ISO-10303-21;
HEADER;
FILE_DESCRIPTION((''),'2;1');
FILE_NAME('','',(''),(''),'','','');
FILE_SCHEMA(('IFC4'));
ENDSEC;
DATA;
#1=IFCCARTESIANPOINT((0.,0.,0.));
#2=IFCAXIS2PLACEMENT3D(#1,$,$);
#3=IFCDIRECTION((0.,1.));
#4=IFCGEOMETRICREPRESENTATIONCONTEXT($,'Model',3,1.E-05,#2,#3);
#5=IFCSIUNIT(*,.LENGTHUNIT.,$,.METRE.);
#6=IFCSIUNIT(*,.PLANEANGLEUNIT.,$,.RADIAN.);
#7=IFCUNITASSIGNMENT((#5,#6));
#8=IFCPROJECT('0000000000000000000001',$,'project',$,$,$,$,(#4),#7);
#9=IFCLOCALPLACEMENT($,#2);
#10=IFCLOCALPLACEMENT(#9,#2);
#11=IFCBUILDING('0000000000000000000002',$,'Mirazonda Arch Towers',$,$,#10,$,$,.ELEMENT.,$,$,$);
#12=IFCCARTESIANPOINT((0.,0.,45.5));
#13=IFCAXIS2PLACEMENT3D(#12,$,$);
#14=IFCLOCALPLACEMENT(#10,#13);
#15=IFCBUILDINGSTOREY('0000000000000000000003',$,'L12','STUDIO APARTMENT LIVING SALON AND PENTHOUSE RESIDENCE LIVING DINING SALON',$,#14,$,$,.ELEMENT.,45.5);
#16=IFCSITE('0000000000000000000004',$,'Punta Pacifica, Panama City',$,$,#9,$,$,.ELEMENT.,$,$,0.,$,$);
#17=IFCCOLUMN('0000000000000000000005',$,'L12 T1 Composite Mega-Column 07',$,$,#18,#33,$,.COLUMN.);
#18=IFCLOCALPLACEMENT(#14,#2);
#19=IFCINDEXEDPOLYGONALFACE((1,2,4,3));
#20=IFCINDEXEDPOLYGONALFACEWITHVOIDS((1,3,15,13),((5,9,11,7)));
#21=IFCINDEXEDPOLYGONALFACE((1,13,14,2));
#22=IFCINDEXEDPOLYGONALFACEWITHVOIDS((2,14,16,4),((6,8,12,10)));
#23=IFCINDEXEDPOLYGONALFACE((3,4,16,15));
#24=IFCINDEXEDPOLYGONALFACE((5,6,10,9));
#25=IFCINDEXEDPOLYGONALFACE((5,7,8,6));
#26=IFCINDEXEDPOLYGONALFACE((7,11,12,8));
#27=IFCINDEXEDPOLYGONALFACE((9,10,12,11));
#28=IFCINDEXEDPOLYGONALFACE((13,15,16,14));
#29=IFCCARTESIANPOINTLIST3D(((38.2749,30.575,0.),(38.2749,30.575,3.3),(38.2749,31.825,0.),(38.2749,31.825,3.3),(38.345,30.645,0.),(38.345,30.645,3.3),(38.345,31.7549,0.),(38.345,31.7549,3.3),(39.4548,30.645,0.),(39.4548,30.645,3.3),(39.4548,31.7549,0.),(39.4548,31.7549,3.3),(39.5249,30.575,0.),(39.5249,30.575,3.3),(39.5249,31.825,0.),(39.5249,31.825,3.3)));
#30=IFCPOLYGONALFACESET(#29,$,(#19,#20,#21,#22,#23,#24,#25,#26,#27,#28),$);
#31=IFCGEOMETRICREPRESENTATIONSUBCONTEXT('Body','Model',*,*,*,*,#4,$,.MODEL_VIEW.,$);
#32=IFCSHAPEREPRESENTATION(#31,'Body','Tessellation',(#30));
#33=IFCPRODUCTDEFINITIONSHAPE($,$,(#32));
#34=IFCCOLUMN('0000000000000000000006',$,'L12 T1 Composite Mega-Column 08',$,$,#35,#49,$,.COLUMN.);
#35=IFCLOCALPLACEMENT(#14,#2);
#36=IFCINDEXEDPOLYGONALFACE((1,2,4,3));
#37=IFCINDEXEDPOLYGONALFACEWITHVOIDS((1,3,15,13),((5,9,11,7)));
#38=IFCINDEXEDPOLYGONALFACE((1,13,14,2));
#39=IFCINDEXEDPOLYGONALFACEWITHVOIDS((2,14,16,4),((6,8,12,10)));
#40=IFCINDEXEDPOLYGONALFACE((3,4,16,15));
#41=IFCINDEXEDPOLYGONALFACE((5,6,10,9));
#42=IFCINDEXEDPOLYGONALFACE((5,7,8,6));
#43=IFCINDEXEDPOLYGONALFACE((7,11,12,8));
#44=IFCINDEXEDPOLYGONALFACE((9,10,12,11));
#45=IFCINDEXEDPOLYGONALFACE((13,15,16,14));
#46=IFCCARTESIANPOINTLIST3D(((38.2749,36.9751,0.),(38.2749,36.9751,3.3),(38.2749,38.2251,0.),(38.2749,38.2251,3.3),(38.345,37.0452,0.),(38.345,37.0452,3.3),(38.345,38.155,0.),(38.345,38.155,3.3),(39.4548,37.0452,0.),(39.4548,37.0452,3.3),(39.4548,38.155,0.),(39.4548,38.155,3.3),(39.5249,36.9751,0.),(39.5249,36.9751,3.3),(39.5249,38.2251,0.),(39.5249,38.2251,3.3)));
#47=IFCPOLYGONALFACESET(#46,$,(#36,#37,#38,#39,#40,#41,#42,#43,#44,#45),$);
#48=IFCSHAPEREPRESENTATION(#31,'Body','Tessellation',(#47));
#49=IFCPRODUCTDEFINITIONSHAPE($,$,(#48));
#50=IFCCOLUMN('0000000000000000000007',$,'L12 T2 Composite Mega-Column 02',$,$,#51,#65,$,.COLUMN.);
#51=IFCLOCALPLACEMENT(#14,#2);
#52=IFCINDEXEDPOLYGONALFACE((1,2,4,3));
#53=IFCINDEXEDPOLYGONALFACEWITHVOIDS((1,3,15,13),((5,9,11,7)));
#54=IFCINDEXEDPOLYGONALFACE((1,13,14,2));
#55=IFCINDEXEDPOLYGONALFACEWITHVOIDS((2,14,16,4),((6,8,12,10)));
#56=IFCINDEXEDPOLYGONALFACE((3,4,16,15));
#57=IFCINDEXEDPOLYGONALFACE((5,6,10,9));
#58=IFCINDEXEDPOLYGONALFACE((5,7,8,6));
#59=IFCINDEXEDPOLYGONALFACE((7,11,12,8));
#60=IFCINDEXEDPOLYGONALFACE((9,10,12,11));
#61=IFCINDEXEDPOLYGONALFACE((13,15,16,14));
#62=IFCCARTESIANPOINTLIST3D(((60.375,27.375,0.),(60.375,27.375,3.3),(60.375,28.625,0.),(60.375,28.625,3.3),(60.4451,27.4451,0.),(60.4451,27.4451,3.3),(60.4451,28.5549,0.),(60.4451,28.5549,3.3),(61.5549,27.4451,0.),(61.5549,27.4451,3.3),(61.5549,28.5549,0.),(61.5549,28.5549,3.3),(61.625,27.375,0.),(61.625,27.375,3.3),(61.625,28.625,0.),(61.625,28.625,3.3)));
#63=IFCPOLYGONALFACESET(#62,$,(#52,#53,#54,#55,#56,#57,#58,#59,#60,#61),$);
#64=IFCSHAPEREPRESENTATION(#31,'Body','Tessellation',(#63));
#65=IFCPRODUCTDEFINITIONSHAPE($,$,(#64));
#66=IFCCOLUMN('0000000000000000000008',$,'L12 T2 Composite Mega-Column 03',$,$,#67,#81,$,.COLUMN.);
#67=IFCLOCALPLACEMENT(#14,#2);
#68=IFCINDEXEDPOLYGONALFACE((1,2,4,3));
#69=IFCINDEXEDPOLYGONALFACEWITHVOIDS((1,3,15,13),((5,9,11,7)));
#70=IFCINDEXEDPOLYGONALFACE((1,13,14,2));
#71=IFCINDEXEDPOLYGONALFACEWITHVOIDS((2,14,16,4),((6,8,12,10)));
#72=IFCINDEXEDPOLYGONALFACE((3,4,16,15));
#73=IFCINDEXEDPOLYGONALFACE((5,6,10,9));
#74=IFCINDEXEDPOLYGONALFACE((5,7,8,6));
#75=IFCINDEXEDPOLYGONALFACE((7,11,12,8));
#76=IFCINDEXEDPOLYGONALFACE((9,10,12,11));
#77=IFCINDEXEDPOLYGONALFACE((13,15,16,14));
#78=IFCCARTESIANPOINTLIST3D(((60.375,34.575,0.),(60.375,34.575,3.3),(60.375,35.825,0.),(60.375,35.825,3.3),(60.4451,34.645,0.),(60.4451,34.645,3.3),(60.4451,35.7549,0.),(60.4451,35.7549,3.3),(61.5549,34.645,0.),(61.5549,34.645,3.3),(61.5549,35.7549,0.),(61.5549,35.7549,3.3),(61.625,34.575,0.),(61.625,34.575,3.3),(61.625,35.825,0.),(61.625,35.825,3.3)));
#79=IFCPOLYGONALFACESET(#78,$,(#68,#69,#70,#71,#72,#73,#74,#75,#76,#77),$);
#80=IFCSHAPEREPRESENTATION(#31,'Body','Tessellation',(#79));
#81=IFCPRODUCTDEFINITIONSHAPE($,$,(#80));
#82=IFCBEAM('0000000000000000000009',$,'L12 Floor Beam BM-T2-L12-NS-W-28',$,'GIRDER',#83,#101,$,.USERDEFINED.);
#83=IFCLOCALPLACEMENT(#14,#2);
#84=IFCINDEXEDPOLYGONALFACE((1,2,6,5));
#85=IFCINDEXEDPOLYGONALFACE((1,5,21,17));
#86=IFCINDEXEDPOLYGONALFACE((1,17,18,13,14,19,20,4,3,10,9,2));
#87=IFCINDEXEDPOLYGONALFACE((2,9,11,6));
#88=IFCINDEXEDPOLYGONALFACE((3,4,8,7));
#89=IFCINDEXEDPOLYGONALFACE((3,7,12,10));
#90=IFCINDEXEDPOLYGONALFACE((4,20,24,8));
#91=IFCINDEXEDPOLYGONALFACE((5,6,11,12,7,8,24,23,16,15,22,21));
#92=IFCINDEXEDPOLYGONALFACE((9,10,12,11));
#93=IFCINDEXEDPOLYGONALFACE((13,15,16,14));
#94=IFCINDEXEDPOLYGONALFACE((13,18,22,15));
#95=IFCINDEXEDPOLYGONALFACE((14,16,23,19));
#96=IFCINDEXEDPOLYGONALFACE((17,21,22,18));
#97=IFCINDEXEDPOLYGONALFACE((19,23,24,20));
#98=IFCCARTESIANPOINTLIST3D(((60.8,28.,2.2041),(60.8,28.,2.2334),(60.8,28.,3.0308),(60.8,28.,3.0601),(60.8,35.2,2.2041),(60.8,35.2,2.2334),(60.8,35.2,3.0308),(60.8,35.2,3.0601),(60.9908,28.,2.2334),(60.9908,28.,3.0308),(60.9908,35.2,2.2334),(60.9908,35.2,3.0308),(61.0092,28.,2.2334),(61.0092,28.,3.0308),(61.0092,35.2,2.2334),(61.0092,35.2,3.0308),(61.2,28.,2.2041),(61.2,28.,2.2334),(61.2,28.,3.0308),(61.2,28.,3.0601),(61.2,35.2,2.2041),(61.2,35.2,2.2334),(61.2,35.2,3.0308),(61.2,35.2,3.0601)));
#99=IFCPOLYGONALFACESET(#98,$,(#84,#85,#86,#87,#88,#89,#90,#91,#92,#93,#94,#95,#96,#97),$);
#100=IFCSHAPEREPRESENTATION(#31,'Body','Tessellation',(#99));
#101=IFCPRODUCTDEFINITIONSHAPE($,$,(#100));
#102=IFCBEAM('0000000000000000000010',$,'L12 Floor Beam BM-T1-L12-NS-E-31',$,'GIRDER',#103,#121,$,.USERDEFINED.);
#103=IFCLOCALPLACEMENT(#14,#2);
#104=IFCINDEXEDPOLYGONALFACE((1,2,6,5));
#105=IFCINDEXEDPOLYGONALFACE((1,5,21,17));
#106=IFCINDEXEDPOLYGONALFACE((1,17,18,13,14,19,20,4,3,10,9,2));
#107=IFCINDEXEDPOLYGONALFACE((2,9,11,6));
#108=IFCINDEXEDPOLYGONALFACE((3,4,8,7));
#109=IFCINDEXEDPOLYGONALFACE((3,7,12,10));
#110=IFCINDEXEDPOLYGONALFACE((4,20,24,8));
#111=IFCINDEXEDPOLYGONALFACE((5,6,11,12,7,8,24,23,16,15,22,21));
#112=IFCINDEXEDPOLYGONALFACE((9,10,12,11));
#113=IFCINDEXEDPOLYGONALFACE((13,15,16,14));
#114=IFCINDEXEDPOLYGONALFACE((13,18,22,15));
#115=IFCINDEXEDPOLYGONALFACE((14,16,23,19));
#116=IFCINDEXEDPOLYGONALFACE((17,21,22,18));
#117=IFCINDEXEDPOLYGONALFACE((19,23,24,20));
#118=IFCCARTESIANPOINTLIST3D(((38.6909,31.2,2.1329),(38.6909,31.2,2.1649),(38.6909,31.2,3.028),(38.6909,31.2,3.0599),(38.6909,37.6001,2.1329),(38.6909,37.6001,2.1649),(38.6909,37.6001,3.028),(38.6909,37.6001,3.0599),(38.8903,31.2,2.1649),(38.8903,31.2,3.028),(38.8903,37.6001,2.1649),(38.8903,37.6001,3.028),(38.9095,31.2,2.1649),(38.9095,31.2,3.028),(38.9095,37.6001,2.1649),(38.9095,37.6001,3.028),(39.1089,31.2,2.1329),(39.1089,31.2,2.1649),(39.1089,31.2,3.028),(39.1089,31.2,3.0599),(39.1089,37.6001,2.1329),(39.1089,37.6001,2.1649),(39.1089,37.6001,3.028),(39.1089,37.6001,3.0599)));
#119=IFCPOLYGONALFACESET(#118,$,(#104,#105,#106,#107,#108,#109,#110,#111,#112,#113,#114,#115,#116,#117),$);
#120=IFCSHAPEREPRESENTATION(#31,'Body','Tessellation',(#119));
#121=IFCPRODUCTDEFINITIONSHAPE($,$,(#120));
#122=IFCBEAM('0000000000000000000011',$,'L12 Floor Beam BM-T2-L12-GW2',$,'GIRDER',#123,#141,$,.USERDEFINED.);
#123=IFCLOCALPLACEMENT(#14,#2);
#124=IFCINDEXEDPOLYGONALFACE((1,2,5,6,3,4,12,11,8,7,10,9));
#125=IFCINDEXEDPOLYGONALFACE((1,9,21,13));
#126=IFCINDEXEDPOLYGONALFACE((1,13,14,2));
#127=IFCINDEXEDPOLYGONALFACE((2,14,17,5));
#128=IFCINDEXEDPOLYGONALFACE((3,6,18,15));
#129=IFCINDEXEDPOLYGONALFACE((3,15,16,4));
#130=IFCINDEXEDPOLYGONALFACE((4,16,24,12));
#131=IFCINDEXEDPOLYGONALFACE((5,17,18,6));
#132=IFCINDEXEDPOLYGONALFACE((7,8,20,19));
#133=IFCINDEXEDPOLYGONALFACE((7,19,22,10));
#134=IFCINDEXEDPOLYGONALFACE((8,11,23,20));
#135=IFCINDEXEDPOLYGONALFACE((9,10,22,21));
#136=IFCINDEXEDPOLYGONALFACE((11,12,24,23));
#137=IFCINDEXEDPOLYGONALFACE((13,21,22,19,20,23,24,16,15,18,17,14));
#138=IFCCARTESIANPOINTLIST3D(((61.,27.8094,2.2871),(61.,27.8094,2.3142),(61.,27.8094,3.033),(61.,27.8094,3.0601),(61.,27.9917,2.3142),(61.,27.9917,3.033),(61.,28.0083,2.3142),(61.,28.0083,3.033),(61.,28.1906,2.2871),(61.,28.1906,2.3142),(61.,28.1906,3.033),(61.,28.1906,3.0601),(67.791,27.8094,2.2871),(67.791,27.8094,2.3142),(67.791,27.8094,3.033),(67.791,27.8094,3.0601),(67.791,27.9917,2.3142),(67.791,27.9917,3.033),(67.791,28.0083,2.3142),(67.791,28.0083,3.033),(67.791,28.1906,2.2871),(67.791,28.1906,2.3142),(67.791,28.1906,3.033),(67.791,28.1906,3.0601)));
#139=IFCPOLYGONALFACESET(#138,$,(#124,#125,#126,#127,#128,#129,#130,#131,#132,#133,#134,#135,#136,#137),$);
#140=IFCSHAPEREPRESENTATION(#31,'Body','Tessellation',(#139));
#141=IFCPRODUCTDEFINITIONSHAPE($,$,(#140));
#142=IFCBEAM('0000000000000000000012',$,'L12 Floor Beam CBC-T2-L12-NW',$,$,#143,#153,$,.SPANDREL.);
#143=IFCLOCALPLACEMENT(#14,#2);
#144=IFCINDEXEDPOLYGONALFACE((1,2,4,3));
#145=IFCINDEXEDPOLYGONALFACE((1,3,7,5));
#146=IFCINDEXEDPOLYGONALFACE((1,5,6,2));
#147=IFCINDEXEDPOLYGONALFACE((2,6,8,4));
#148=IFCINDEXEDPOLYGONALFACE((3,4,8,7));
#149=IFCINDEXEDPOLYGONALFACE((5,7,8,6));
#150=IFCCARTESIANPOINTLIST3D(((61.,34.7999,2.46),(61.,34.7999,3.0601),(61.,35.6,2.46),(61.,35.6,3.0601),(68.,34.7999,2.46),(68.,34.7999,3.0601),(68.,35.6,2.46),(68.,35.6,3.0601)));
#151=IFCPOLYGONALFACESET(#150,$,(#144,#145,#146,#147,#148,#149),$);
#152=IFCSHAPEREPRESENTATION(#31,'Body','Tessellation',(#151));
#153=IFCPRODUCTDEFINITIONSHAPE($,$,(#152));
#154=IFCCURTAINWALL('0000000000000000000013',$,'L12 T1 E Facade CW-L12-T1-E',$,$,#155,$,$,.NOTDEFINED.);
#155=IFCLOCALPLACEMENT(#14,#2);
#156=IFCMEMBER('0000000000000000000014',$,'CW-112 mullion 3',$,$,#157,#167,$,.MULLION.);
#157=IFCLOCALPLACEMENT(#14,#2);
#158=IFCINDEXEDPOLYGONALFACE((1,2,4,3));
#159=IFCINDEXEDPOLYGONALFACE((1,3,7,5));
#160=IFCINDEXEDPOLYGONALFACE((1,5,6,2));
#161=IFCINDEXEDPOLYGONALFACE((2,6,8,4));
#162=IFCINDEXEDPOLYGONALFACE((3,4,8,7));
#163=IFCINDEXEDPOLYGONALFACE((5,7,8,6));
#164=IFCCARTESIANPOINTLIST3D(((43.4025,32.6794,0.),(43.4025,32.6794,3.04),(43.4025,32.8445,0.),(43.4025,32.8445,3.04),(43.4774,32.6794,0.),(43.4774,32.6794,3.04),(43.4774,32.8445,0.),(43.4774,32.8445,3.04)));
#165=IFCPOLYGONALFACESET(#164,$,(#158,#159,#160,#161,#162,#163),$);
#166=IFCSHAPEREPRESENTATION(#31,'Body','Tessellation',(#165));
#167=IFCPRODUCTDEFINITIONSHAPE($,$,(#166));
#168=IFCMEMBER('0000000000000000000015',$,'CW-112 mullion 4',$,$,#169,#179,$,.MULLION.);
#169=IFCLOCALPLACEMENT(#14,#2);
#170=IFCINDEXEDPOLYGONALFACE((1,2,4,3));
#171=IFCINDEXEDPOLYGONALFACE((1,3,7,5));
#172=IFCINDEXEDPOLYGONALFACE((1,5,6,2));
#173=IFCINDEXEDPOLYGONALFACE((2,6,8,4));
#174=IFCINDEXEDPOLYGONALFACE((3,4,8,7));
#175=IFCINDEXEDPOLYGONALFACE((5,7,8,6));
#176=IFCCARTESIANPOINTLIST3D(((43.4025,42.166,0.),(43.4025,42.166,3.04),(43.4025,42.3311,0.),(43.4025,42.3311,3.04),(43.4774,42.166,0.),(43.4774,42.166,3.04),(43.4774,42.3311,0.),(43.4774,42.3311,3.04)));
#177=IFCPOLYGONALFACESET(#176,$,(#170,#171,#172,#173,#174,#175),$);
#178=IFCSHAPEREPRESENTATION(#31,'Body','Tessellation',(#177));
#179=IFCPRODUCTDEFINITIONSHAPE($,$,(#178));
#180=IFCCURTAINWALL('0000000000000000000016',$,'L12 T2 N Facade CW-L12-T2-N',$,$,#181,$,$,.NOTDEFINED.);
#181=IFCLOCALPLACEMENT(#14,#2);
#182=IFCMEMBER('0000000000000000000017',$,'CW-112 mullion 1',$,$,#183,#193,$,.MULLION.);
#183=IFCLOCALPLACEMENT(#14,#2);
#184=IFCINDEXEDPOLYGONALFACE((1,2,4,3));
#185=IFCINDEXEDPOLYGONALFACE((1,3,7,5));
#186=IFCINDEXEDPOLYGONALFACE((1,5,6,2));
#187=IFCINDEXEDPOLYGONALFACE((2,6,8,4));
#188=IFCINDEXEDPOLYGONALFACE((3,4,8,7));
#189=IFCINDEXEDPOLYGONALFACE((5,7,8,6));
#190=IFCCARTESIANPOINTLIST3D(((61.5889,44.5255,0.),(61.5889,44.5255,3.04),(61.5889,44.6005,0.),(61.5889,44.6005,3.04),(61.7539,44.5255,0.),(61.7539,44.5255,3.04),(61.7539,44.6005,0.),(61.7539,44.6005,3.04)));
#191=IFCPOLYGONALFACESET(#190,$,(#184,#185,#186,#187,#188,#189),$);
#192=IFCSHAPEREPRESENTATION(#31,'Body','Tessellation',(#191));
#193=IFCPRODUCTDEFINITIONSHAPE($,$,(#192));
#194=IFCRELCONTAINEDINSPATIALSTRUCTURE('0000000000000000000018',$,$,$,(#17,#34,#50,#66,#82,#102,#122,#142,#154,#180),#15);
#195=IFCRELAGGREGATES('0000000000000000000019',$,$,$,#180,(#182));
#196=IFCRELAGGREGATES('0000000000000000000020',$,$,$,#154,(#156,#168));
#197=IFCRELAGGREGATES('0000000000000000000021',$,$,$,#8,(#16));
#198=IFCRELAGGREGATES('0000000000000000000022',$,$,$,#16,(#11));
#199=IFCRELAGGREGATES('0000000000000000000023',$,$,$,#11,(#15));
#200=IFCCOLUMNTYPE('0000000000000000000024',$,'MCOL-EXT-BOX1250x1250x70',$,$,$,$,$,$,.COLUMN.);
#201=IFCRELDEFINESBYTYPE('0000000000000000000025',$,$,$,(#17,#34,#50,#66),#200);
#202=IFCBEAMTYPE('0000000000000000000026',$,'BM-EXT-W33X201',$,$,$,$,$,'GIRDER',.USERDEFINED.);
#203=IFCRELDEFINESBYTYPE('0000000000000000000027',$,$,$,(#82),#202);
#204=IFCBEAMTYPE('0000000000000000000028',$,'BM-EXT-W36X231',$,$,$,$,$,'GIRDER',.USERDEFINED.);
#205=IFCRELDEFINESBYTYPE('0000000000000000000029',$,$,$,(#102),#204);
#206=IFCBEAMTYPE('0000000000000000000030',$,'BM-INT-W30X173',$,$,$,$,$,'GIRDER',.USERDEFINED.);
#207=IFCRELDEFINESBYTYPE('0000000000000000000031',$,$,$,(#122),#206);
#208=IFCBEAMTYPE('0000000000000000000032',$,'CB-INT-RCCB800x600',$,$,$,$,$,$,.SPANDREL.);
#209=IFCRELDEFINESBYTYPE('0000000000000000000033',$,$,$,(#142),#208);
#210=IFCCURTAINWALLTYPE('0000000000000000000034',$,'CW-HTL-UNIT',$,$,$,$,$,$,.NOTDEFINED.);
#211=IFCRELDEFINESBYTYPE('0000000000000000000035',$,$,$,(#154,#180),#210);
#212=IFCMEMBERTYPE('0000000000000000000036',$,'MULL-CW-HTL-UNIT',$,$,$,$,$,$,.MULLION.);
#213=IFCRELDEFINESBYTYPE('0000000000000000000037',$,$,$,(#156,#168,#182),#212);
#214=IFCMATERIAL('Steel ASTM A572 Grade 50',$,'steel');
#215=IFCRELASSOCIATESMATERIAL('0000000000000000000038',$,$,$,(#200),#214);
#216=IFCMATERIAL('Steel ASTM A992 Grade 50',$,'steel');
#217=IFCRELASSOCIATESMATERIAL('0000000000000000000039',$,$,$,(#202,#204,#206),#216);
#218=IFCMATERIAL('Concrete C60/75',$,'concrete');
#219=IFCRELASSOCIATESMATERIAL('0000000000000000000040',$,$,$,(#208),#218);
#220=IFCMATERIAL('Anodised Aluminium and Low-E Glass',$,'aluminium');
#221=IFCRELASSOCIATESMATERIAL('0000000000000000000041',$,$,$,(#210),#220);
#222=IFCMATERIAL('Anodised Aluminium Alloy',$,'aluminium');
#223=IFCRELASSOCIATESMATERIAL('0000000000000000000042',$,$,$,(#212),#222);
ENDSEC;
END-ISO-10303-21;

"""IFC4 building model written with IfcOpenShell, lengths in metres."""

from ifc_helpers import new_model, si_unit, direction, frame, origin, origin_2d, place, context, subcontext, project, spatial, rectangle, hollow_rectangle, i_section, extrude, material, material_profile, profile_set, type_object, element, aggregate, save


model = new_model("IFC4")

# Units and contexts
model_context = context("Model", 3, precision=1e-05, world=origin(), true_north=direction((0.0, 1.0)))
body_context = subcontext(model_context, "Body", "Model", "MODEL_VIEW")
ifc_project = project(units=[si_unit("LENGTHUNIT", "METRE"), si_unit("PLANEANGLEUNIT", "RADIAN")], contexts=[model_context])

# Site, building, storey
site_placement = place(None, origin())
site = spatial("IfcSite", under=ifc_project, at=site_placement, Name="Punta Pacifica, Panama City", CompositionType="ELEMENT", RefElevation=0.0)
building_placement = place(site_placement, origin())
building = spatial("IfcBuilding", under=site, at=building_placement, Name="Mirazonda Arch Towers", CompositionType="ELEMENT")
storey_placement = place(building_placement, frame((0.0, 0.0, 45.5)))
storey = spatial("IfcBuildingStorey", under=building, at=storey_placement, Name="L12", Description="STUDIO APARTMENT LIVING SALON AND PENTHOUSE RESIDENCE LIVING DINING SALON", CompositionType="ELEMENT", Elevation=45.5)

# Columns
ifc_material_1 = material(Name="Steel ASTM A572 Grade 50", Category="steel")
ifc_material_profile_1 = material_profile(ifc_material_1, hollow_rectangle(XDim=1.25, YDim=1.25, WallThickness=0.0701, at=origin_2d()), Name="BOX1250x1250x70")
ifc_profile_set_1 = profile_set([ifc_material_profile_1], Name="Steel ASTM A572 Grade 50")
column_type = type_object("IfcColumnType", Name="MCOL-EXT-BOX1250x1250x70", PredefinedType="COLUMN", material=ifc_profile_set_1)
for number, where, z_axis, x_axis, name in (
    (1, (38.8999, 31.2, 0.0), (0.0, 0.0, 1.0), (1.0, 0.0, 0.0), "L12 T1 Composite Mega-Column 07"),
    (2, (38.8999, 37.6001, 0.0), (0.0, 0.0, 1.0), (1.0, 0.0, 0.0), "L12 T1 Composite Mega-Column 08"),
    (3, (61.0, 28.0, 0.0), (0.0, 0.0, 1.0), (1.0, 0.0, 0.0), "L12 T2 Composite Mega-Column 02"),
    (4, (61.0, 35.2, 0.0), (0.0, 0.0, 1.0), (1.0, 0.0, 0.0), "L12 T2 Composite Mega-Column 03"),
):
    element("IfcColumn", number, at=place(storey_placement, frame(where, z_axis=z_axis, x_axis=x_axis)), inside=storey, type_object=column_type, Name=name, PredefinedType="COLUMN", context=body_context, shape_type="SweptSolid", body=[
        extrude(hollow_rectangle(XDim=1.25, YDim=1.25, WallThickness=0.0701, at=origin_2d()), origin(), (0.0, 0.0, 1.0), 3.3),
    ])

# Beams
ifc_material_2 = material(Name="Steel ASTM A992 Grade 50", Category="steel")
ifc_material_profile_2 = material_profile(ifc_material_2, i_section(OverallWidth=0.3999, OverallDepth=0.856, WebThickness=0.0183, FlangeThickness=0.0293, at=origin_2d()), Name="W33X201")
ifc_profile_set_2 = profile_set([ifc_material_profile_2], Name="Steel ASTM A992 Grade 50")
beam_type_1 = type_object("IfcBeamType", Name="BM-EXT-W33X201", ElementType="GIRDER", PredefinedType="USERDEFINED", material=ifc_profile_set_2)
beam_1_placement = place(storey_placement, frame((61.0, 28.0, 2.6321), z_axis=(0.0, 1.0, 0.0), x_axis=(-1.0, 0.0, 0.0)))
element("IfcBeam", 5, at=beam_1_placement, inside=storey, type_object=beam_type_1, Name="L12 Floor Beam BM-T2-L12-NS-W-28", ObjectType="GIRDER", PredefinedType="USERDEFINED", context=body_context, shape_type="SweptSolid", body=[
    extrude(i_section(OverallWidth=0.3999, OverallDepth=0.856, WebThickness=0.0183, FlangeThickness=0.0293, at=origin_2d()), origin(), (0.0, 0.0, 1.0), 7.2),
])
ifc_material_profile_3 = material_profile(ifc_material_2, i_section(OverallWidth=0.418, OverallDepth=0.927, WebThickness=0.0193, FlangeThickness=0.032, at=origin_2d()), Name="W36X231")
ifc_profile_set_3 = profile_set([ifc_material_profile_3], Name="Steel ASTM A992 Grade 50")
beam_type_2 = type_object("IfcBeamType", Name="BM-EXT-W36X231", ElementType="GIRDER", PredefinedType="USERDEFINED", material=ifc_profile_set_3)
beam_2_placement = place(storey_placement, frame((38.8999, 31.2, 2.5964), z_axis=(0.0, 1.0, 0.0), x_axis=(-1.0, 0.0, 0.0)))
element("IfcBeam", 6, at=beam_2_placement, inside=storey, type_object=beam_type_2, Name="L12 Floor Beam BM-T1-L12-NS-E-31", ObjectType="GIRDER", PredefinedType="USERDEFINED", context=body_context, shape_type="SweptSolid", body=[
    extrude(i_section(OverallWidth=0.418, OverallDepth=0.927, WebThickness=0.0193, FlangeThickness=0.032, at=origin_2d()), origin(), (0.0, 0.0, 1.0), 6.4001),
])
ifc_material_profile_4 = material_profile(ifc_material_2, i_section(OverallWidth=0.3811, OverallDepth=0.7729, WebThickness=0.0166, FlangeThickness=0.0271, at=origin_2d()), Name="W30X173")
ifc_profile_set_4 = profile_set([ifc_material_profile_4], Name="Steel ASTM A992 Grade 50")
beam_type_3 = type_object("IfcBeamType", Name="BM-INT-W30X173", ElementType="GIRDER", PredefinedType="USERDEFINED", material=ifc_profile_set_4)
beam_3_placement = place(storey_placement, frame((61.0, 28.0, 2.6736), z_axis=(1.0, 0.0, 0.0), x_axis=(0.0, 1.0, 0.0)))
element("IfcBeam", 7, at=beam_3_placement, inside=storey, type_object=beam_type_3, Name="L12 Floor Beam BM-T2-L12-GW2", ObjectType="GIRDER", PredefinedType="USERDEFINED", context=body_context, shape_type="SweptSolid", body=[
    extrude(i_section(OverallWidth=0.3811, OverallDepth=0.7729, WebThickness=0.0166, FlangeThickness=0.0271, at=origin_2d()), origin(), (0.0, 0.0, 1.0), 6.791),
])
ifc_material_3 = material(Name="Concrete C60/75", Category="concrete")
ifc_material_profile_5 = material_profile(ifc_material_3, rectangle(XDim=0.8, YDim=0.6001, at=origin_2d()), Name="RCCB800x600")
ifc_profile_set_5 = profile_set([ifc_material_profile_5], Name="Concrete C60/75")
beam_type_4 = type_object("IfcBeamType", Name="CB-INT-RCCB800x600", PredefinedType="SPANDREL", material=ifc_profile_set_5)
beam_4_placement = place(storey_placement, frame((61.0, 35.2, 2.76), z_axis=(1.0, 0.0, 0.0), x_axis=(0.0, 1.0, 0.0)))
element("IfcBeam", 8, at=beam_4_placement, inside=storey, type_object=beam_type_4, Name="L12 Floor Beam CBC-T2-L12-NW", PredefinedType="SPANDREL", context=body_context, shape_type="SweptSolid", body=[
    extrude(rectangle(XDim=0.8, YDim=0.6001, at=origin_2d()), origin(), (0.0, 0.0, 1.0), 7.0),
])

# Curtain wall, members
ifc_material_4 = material(Name="Anodised Aluminium and Low-E Glass", Category="aluminium")
curtain_wall_type = type_object("IfcCurtainWallType", Name="CW-HTL-UNIT", PredefinedType="NOTDEFINED", material=ifc_material_4)
curtain_wall_1_placement = place(storey_placement, origin())
curtain_wall_1 = element("IfcCurtainWall", 9, at=curtain_wall_1_placement, inside=storey, type_object=curtain_wall_type, Name="L12 T1 E Facade CW-L12-T1-E", PredefinedType="NOTDEFINED")
ifc_material_5 = material(Name="Anodised Aluminium Alloy", Category="aluminium")
ifc_material_profile_6 = material_profile(ifc_material_5, rectangle(XDim=0.075, YDim=0.165, at=origin_2d()), Name="ALU-MULL-75x165")
ifc_profile_set_6 = profile_set([ifc_material_profile_6], Name="Anodised Aluminium Alloy")
member_type_1 = type_object("IfcMemberType", Name="MULL-CW-HTL-UNIT", PredefinedType="MULLION", material=ifc_profile_set_6)
member_1_placement = place(storey_placement, frame((43.4399, 32.762, 0.0), z_axis=(0.0, 0.0, 1.0), x_axis=(-1.0, 0.0, 0.0)))
member_1 = element("IfcMember", 10, at=member_1_placement, type_object=member_type_1, Name="CW-112 mullion 3", PredefinedType="MULLION", context=body_context, shape_type="SweptSolid", body=[
    extrude(rectangle(XDim=0.075, YDim=0.165, at=origin_2d()), origin(), (0.0, 0.0, 1.0), 3.04),
])
member_2_placement = place(storey_placement, frame((43.4399, 42.2485, 0.0), z_axis=(0.0, 0.0, 1.0), x_axis=(-1.0, 0.0, 0.0)))
member_2 = element("IfcMember", 11, at=member_2_placement, type_object=member_type_1, Name="CW-112 mullion 4", PredefinedType="MULLION", context=body_context, shape_type="SweptSolid", body=[
    extrude(rectangle(XDim=0.075, YDim=0.165, at=origin_2d()), origin(), (0.0, 0.0, 1.0), 3.04),
])

# Curtain wall, member
curtain_wall_2_placement = place(storey_placement, origin())
curtain_wall_2 = element("IfcCurtainWall", 12, at=curtain_wall_2_placement, inside=storey, type_object=curtain_wall_type, Name="L12 T2 N Facade CW-L12-T2-N", PredefinedType="NOTDEFINED")
member_3_placement = place(storey_placement, frame((61.6714, 44.563, 0.0), z_axis=(0.0, 0.0, 1.0), x_axis=(0.0, 1.0, 0.0)))
member_3 = element("IfcMember", 13, at=member_3_placement, type_object=member_type_1, Name="CW-112 mullion 1", PredefinedType="MULLION", context=body_context, shape_type="SweptSolid", body=[
    extrude(rectangle(XDim=0.075, YDim=0.165, at=origin_2d()), origin(), (0.0, 0.0, 1.0), 3.04),
])

aggregate(curtain_wall_2, [member_3])

aggregate(curtain_wall_1, [member_1, member_2])

save(model, "model.ifc")
